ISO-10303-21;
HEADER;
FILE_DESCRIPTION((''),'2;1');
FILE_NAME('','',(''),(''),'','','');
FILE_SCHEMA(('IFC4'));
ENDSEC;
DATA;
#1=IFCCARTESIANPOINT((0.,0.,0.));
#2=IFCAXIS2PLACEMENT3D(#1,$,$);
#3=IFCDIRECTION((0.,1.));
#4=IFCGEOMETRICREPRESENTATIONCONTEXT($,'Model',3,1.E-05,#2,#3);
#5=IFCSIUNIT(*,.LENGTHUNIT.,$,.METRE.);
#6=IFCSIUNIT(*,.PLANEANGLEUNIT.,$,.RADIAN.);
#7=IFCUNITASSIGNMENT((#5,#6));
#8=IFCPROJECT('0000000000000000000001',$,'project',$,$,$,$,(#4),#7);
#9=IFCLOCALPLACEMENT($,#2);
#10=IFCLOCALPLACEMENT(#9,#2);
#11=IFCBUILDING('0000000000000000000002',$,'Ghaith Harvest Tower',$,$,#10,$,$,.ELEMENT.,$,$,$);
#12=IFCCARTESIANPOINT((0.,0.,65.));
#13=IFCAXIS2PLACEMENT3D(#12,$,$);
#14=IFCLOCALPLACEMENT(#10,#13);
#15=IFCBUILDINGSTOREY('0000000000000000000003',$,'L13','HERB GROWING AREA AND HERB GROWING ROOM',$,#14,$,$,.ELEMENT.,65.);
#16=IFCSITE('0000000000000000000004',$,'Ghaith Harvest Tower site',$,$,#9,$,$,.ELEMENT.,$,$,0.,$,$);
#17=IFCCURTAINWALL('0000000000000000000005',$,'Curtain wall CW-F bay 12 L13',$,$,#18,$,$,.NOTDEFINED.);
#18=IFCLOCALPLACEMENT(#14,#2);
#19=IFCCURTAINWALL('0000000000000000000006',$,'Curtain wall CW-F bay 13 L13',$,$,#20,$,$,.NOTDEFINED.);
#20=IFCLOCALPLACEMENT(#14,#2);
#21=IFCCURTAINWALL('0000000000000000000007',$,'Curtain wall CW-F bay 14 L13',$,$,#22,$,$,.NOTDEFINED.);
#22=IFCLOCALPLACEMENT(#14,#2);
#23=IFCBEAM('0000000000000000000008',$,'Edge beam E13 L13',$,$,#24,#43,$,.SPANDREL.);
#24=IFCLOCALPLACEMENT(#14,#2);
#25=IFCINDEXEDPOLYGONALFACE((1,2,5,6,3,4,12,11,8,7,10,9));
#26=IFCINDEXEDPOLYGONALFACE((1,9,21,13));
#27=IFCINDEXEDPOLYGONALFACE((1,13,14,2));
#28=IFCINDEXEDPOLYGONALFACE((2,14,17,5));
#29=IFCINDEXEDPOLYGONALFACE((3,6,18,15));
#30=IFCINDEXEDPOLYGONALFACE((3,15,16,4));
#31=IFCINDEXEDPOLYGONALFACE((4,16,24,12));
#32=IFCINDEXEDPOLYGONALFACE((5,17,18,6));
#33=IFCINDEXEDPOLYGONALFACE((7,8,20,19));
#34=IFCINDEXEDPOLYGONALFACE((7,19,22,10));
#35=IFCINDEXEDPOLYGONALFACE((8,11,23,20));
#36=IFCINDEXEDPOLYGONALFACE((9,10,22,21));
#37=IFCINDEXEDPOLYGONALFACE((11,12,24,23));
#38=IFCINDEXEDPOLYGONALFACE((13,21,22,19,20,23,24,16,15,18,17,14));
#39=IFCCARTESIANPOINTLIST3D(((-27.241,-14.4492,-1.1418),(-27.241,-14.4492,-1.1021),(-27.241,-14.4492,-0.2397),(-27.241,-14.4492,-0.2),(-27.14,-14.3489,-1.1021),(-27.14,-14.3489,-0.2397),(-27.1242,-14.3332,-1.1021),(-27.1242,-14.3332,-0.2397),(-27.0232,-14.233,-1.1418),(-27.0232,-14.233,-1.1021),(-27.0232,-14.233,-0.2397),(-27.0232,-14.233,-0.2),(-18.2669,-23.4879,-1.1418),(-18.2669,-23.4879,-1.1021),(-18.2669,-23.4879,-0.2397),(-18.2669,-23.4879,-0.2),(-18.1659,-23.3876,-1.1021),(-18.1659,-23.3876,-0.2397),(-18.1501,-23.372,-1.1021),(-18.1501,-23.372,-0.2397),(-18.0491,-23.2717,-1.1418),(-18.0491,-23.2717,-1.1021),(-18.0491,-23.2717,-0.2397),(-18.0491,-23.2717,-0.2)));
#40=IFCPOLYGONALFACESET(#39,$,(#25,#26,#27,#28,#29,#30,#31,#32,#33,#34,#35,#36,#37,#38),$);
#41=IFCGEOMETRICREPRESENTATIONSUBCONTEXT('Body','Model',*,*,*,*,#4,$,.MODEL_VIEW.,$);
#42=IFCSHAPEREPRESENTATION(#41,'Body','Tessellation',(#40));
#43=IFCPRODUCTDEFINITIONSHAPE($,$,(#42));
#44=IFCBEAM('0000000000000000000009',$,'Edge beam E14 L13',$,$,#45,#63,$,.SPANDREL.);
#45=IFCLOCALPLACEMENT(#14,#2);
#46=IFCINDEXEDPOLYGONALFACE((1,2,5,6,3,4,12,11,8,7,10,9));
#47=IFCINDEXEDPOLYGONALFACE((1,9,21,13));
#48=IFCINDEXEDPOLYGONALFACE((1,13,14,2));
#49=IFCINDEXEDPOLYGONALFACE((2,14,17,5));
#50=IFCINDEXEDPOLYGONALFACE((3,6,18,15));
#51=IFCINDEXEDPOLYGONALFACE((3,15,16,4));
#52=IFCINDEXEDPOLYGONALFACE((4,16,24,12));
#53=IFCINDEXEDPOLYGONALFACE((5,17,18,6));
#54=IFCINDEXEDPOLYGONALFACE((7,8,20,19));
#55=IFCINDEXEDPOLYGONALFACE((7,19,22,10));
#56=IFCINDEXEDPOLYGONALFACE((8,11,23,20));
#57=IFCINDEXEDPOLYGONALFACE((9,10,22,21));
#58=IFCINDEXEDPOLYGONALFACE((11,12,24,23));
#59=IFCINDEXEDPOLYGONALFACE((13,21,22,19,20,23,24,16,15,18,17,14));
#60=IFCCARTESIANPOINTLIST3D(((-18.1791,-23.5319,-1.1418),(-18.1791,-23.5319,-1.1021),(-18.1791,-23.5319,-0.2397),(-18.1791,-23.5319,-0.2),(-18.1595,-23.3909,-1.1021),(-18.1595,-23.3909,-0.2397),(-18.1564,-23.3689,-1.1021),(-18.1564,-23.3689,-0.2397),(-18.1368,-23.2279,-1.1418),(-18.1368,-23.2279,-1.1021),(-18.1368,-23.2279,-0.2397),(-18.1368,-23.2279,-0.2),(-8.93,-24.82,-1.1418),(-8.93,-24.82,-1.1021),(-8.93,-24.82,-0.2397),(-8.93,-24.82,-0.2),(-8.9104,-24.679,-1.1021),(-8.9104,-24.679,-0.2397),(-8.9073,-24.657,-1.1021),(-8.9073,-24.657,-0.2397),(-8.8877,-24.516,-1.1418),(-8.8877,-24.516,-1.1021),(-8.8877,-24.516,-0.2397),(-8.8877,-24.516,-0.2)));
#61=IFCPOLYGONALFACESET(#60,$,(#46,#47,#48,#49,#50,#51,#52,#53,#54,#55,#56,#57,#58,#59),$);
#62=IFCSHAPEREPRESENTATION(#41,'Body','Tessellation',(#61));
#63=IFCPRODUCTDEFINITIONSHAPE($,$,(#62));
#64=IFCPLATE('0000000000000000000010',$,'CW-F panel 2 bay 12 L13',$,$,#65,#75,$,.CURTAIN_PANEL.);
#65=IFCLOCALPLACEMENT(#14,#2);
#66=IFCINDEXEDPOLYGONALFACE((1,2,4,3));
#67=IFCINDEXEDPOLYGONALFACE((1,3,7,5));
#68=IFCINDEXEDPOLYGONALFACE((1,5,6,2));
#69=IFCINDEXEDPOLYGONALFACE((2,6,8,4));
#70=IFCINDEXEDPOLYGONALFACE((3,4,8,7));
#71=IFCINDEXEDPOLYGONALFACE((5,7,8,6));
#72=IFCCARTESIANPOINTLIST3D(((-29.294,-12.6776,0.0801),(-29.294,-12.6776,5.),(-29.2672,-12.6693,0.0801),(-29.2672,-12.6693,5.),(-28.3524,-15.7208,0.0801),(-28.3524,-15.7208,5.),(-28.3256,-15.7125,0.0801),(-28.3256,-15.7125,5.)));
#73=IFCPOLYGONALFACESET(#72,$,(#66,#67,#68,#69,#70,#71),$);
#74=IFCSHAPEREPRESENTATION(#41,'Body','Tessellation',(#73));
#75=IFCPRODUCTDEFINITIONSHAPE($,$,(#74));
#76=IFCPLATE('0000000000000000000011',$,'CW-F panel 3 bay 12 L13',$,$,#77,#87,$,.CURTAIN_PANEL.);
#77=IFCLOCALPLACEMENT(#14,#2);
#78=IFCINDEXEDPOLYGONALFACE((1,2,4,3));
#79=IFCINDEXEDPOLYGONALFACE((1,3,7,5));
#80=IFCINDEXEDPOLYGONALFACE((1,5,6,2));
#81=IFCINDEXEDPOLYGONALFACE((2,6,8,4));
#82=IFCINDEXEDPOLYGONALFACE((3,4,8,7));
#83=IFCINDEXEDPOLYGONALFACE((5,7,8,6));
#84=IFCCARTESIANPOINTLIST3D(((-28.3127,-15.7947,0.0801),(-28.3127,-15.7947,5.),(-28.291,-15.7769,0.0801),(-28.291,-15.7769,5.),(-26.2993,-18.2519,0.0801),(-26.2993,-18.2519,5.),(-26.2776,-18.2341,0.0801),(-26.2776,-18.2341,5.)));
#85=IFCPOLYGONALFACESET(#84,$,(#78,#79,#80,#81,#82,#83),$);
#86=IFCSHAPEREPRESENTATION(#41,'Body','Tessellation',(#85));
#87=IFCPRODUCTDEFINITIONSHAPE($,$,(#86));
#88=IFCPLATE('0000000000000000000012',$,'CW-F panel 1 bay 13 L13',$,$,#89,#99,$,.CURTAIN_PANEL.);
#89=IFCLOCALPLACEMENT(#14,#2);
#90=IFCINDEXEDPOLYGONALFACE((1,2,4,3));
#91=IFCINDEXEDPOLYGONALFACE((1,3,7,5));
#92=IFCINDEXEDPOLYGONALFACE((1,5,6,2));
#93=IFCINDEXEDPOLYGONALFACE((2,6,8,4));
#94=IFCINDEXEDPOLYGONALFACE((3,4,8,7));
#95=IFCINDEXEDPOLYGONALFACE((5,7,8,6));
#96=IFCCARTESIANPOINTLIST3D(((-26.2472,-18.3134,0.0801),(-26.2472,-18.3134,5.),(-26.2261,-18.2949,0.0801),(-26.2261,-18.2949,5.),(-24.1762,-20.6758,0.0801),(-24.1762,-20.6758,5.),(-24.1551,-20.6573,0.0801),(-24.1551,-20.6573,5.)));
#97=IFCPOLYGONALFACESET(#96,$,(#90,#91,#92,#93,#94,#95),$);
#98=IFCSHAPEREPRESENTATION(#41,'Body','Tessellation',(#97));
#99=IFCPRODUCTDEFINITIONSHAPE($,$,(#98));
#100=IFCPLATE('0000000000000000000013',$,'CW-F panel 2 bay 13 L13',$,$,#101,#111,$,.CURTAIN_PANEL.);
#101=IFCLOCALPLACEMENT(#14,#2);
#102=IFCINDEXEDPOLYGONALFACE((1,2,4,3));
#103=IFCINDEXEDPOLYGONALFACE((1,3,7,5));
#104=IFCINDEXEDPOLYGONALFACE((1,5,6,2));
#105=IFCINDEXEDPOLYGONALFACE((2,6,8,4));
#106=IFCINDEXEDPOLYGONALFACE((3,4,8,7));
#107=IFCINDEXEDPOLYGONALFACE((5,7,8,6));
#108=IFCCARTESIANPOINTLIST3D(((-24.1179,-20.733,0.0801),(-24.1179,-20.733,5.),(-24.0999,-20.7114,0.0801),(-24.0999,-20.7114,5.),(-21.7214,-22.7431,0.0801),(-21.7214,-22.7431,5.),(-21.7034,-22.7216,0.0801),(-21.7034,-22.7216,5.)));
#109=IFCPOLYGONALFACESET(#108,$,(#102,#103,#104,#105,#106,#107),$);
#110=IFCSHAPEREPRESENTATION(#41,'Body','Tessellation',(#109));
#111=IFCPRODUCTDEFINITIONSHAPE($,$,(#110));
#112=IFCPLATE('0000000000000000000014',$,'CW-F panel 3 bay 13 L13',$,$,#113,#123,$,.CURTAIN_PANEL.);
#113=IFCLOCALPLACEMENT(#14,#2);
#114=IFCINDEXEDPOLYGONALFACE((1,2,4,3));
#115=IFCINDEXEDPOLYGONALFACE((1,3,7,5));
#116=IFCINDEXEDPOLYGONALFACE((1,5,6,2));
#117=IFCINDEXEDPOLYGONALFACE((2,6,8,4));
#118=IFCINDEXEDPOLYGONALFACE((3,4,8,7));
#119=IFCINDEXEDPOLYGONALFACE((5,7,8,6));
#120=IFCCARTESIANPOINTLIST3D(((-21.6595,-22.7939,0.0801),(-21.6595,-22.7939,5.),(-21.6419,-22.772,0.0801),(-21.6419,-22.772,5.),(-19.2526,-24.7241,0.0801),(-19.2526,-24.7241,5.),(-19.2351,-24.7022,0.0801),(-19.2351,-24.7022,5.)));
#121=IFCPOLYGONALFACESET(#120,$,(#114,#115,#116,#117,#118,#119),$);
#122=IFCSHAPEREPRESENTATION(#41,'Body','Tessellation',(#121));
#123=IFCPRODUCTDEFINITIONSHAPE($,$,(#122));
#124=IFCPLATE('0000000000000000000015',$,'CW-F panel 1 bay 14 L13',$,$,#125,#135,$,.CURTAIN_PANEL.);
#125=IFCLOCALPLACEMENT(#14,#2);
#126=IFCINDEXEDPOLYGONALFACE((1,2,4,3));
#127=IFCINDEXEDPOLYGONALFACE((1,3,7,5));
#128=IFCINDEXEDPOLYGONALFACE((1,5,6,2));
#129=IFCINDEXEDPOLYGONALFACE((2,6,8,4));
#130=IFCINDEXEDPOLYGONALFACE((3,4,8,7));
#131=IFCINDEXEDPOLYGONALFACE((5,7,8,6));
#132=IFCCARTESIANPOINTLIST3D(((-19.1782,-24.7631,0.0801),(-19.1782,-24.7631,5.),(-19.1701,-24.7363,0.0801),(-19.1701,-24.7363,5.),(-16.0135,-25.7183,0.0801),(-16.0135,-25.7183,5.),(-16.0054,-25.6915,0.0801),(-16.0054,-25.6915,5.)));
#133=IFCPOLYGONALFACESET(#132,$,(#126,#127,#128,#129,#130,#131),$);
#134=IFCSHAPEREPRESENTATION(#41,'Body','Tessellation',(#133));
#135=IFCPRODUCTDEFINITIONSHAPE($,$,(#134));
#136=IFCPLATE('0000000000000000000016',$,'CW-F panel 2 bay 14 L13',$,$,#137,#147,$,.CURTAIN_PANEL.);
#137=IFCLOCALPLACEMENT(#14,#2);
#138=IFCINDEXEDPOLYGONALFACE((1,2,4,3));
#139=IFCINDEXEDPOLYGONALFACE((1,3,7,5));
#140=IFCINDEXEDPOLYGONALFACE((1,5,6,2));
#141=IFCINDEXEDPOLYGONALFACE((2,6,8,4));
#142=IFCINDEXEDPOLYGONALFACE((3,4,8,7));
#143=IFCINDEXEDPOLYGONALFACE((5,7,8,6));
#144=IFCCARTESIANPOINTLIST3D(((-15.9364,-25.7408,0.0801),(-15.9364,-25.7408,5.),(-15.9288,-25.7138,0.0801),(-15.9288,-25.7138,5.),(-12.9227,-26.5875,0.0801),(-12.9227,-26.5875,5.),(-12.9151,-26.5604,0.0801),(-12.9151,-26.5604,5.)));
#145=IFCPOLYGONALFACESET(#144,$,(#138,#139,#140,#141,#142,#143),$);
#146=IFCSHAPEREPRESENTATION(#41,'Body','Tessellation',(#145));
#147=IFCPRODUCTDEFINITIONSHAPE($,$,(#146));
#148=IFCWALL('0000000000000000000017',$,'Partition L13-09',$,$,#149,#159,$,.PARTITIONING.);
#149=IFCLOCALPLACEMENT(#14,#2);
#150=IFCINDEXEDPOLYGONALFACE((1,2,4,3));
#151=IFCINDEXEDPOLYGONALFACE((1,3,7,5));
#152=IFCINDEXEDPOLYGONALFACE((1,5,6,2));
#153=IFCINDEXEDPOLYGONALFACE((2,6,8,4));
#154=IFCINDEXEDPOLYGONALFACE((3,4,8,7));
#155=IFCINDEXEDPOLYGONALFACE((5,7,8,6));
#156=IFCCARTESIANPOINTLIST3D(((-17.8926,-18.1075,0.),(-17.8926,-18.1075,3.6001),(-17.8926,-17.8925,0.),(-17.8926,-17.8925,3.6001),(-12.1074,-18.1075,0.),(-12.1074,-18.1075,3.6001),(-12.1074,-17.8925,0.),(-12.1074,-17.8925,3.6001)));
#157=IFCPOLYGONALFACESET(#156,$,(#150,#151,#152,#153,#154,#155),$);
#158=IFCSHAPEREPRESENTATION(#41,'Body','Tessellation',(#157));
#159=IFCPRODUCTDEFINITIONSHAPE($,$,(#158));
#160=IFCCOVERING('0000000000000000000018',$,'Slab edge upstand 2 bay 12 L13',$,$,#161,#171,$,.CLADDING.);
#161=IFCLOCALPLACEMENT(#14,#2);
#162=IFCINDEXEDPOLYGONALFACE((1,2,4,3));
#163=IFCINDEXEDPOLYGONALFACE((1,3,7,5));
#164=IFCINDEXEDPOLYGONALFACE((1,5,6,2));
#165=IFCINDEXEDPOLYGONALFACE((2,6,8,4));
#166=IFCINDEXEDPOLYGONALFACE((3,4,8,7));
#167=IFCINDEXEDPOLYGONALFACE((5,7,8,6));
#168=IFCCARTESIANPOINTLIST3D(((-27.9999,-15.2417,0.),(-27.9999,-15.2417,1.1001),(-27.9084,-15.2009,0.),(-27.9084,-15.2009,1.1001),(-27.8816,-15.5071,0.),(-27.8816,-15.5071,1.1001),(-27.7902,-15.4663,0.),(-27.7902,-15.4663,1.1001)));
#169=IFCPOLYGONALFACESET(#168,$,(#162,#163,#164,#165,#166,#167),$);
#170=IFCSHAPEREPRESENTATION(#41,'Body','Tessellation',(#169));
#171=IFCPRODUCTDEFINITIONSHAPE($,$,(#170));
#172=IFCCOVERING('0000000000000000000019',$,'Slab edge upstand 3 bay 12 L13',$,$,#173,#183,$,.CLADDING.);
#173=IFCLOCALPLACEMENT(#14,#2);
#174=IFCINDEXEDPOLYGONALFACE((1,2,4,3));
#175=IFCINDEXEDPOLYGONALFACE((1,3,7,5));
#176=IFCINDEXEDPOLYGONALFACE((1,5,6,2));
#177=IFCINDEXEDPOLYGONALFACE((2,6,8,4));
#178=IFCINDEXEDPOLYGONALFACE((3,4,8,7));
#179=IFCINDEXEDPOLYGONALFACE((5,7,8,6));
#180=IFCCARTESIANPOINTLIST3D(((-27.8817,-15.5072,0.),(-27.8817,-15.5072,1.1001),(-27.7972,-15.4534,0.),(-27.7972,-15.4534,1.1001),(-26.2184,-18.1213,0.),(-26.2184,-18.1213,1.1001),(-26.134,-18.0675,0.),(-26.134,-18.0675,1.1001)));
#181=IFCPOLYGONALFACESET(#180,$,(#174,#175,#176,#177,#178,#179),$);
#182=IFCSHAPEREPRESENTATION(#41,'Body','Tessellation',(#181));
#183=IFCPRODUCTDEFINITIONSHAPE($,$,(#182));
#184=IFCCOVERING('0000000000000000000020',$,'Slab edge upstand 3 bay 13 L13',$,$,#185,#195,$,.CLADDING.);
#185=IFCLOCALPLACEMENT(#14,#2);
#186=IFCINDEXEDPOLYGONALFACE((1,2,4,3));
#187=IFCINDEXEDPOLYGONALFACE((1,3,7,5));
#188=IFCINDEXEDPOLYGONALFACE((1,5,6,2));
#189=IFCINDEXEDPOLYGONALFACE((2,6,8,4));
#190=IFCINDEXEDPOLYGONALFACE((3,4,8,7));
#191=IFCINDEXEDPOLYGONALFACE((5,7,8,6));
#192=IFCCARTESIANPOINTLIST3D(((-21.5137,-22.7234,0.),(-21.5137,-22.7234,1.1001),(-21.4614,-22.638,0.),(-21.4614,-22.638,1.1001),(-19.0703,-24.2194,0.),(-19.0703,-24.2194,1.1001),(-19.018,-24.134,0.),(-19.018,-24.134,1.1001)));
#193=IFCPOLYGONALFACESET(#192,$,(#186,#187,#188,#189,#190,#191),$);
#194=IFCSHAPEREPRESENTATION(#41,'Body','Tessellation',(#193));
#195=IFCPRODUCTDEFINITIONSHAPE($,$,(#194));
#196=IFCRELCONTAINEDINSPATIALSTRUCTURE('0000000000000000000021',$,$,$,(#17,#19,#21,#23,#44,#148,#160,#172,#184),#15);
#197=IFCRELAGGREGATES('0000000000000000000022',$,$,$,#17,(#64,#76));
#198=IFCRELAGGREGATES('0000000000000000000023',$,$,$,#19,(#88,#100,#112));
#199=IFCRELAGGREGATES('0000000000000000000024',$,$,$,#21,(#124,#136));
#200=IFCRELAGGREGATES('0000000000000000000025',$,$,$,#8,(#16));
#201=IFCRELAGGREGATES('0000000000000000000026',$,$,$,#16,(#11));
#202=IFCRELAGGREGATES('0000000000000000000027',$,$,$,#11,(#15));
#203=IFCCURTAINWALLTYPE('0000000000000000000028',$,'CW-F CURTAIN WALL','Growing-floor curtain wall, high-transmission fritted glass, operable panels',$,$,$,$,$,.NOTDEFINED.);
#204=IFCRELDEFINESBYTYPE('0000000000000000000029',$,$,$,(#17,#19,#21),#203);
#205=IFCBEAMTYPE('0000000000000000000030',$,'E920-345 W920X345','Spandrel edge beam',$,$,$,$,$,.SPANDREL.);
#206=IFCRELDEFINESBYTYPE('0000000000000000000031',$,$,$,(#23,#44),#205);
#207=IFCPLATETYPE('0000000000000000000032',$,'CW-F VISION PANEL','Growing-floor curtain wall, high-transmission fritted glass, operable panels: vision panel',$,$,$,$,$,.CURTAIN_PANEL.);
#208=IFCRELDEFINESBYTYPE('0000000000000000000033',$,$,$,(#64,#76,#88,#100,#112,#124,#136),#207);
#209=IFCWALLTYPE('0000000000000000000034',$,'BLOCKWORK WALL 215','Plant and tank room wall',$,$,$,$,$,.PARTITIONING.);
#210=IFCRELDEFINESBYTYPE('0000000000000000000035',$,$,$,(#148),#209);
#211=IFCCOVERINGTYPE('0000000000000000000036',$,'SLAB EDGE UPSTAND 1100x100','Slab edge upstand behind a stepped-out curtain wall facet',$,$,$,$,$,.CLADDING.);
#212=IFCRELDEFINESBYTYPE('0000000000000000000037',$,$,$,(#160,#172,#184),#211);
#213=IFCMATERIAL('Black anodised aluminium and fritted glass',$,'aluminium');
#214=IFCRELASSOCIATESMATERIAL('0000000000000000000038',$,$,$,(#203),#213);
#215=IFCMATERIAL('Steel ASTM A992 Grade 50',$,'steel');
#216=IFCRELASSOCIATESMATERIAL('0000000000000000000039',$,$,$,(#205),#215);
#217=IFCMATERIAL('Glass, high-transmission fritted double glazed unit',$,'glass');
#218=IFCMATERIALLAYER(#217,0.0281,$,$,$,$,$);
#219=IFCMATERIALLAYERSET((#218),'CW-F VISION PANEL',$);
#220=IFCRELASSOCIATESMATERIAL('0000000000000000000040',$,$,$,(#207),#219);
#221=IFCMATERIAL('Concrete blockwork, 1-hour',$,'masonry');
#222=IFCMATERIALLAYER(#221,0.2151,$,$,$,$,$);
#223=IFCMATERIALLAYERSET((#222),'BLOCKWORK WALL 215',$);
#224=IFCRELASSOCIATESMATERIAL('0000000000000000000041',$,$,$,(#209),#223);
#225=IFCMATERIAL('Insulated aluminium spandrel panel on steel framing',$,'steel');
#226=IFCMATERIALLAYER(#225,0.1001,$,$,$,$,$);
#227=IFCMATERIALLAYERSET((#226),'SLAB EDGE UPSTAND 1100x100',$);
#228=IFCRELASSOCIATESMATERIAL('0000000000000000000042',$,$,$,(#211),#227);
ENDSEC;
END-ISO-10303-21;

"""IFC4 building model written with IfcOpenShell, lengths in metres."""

from ifc_helpers import new_model, si_unit, direction, frame, frame_2d, origin, origin_2d, place, context, subcontext, project, spatial, rectangle, i_section, extrude, material, layer, layer_set, material_profile, profile_set, type_object, element, aggregate, save


model = new_model("IFC4")

# Units and contexts
model_context = context("Model", 3, precision=1e-05, world=origin(), true_north=direction((0.0, 1.0)))
body_context = subcontext(model_context, "Body", "Model", "MODEL_VIEW")
ifc_project = project(units=[si_unit("LENGTHUNIT", "METRE"), si_unit("PLANEANGLEUNIT", "RADIAN")], contexts=[model_context])

# Site, building, storey
site_placement = place(None, origin())
site = spatial("IfcSite", under=ifc_project, at=site_placement, Name="Ghaith Harvest Tower site", CompositionType="ELEMENT", RefElevation=0.0)
building_placement = place(site_placement, origin())
building = spatial("IfcBuilding", under=site, at=building_placement, Name="Ghaith Harvest Tower", CompositionType="ELEMENT")
storey_placement = place(building_placement, frame((0.0, 0.0, 65.0)))
storey = spatial("IfcBuildingStorey", under=building, at=storey_placement, Name="L13", Description="HERB GROWING AREA AND HERB GROWING ROOM", CompositionType="ELEMENT", Elevation=65.0)

# Curtain wall
ifc_material_1 = material(Name="Black anodised aluminium and fritted glass", Category="aluminium")
curtain_wall_type = type_object("IfcCurtainWallType", Name="CW-F CURTAIN WALL", Description="Growing-floor curtain wall, high-transmission fritted glass, operable panels", PredefinedType="NOTDEFINED", material=ifc_material_1)
curtain_wall_1_placement = place(storey_placement, origin())
curtain_wall_1 = element("IfcCurtainWall", 1, at=curtain_wall_1_placement, inside=storey, type_object=curtain_wall_type, Name="Curtain wall CW-F bay 12 L13", PredefinedType="NOTDEFINED")

# Curtain walls
curtain_wall_2_placement = place(storey_placement, origin())
curtain_wall_2 = element("IfcCurtainWall", 2, at=curtain_wall_2_placement, inside=storey, type_object=curtain_wall_type, Name="Curtain wall CW-F bay 13 L13", PredefinedType="NOTDEFINED")
curtain_wall_3_placement = place(storey_placement, origin())
curtain_wall_3 = element("IfcCurtainWall", 3, at=curtain_wall_3_placement, inside=storey, type_object=curtain_wall_type, Name="Curtain wall CW-F bay 14 L13", PredefinedType="NOTDEFINED")

# Beams
ifc_material_2 = material(Name="Steel ASTM A992 Grade 50", Category="steel")
ifc_material_profile_1 = material_profile(ifc_material_2, i_section(OverallWidth=0.3069, OverallDepth=0.9419, WebThickness=0.0222, FlangeThickness=0.0398, at=origin_2d()), Name="W920X345")
ifc_profile_set_1 = profile_set([ifc_material_profile_1], Name="Steel ASTM A992 Grade 50")
beam_type = type_object("IfcBeamType", Name="E920-345 W920X345", Description="Spandrel edge beam", PredefinedType="SPANDREL", material=ifc_profile_set_1)
beam_1_placement = place(storey_placement, frame((-27.1321, -14.3411, -0.6709), z_axis=(0.704563, -0.709642, 0.0), x_axis=(0.709642, 0.704563, 0.0)))
element("IfcBeam", 4, at=beam_1_placement, inside=storey, type_object=beam_type, Name="Edge beam E13 L13", PredefinedType="SPANDREL", context=body_context, shape_type="SweptSolid", body=[
    extrude(i_section(OverallWidth=0.3069, OverallDepth=0.9419, WebThickness=0.0222, FlangeThickness=0.0398, at=origin_2d()), origin(), (0.0, 0.0, 1.0), 12.7371),
])
beam_2_placement = place(storey_placement, frame((-18.158, -23.3799, -0.6709), z_axis=(0.990441, -0.137936, 0.0), x_axis=(0.137936, 0.990441, 0.0)))
element("IfcBeam", 5, at=beam_2_placement, inside=storey, type_object=beam_type, Name="Edge beam E14 L13", PredefinedType="SPANDREL", context=body_context, shape_type="SweptSolid", body=[
    extrude(i_section(OverallWidth=0.3069, OverallDepth=0.9419, WebThickness=0.0222, FlangeThickness=0.0398, at=origin_2d()), origin(), (0.0, 0.0, 1.0), 9.3384),
])

# Plates
ifc_material_3 = material(Name="Glass, high-transmission fritted double glazed unit", Category="glass")
ifc_layer_1 = layer(ifc_material_3, 0.0281)
ifc_layer_set_1 = layer_set([ifc_layer_1], Name="CW-F VISION PANEL")
plate_type = type_object("IfcPlateType", Name="CW-F VISION PANEL", Description="Growing-floor curtain wall, high-transmission fritted glass, operable panels: vision panel", PredefinedType="CURTAIN_PANEL", material=ifc_layer_set_1)
plate_1_placement = place(storey_placement, frame((-28.8098, -14.1951, 0.0801), z_axis=(0.0, 0.0, 1.0), x_axis=(0.295583, -0.955317, 0.0)))
plate_1 = element("IfcPlate", 6, at=plate_1_placement, type_object=plate_type, Name="CW-F panel 2 bay 12 L13", PredefinedType="CURTAIN_PANEL", context=body_context, shape_type="SweptSolid", body=[
    extrude(rectangle(XDim=3.1855, YDim=0.0281, at=origin_2d()), origin(), (0.0, 0.0, 1.0), 4.9199),
])
plate_2_placement = place(storey_placement, frame((-27.2952, -17.0144, 0.0801), z_axis=(0.0, 0.0, 1.0), x_axis=(0.63379, -0.773505, 0.0)))
plate_2 = element("IfcPlate", 7, at=plate_2_placement, type_object=plate_type, Name="CW-F panel 3 bay 12 L13", PredefinedType="CURTAIN_PANEL", context=body_context, shape_type="SweptSolid", body=[
    extrude(rectangle(XDim=3.1768, YDim=0.0281, at=origin_2d()), origin(), (0.0, 0.0, 1.0), 4.9199),
])
aggregate(curtain_wall_1, [plate_1, plate_2])
plate_3_placement = place(storey_placement, frame((-25.2012, -19.4854, 0.0801), z_axis=(0.0, 0.0, 1.0), x_axis=(0.659216, -0.751954, 0.0)))
plate_3 = element("IfcPlate", 8, at=plate_3_placement, type_object=plate_type, Name="CW-F panel 1 bay 13 L13", PredefinedType="CURTAIN_PANEL", context=body_context, shape_type="SweptSolid", body=[
    extrude(rectangle(XDim=3.1416, YDim=0.0281, at=origin_2d()), origin(), (0.0, 0.0, 1.0), 4.9199),
])
plate_4_placement = place(storey_placement, frame((-22.9106, -21.7273, 0.0801), z_axis=(0.0, 0.0, 1.0), x_axis=(0.766155, -0.642656, 0.0)))
plate_4 = element("IfcPlate", 9, at=plate_4_placement, type_object=plate_type, Name="CW-F panel 2 bay 13 L13", PredefinedType="CURTAIN_PANEL", context=body_context, shape_type="SweptSolid", body=[
    extrude(rectangle(XDim=3.1279, YDim=0.0281, at=origin_2d()), origin(), (0.0, 0.0, 1.0), 4.9199),
])
plate_5_placement = place(storey_placement, frame((-20.4473, -23.748, 0.0801), z_axis=(0.0, 0.0, 1.0), x_axis=(0.780122, -0.625627, 0.0)))
plate_5 = element("IfcPlate", 10, at=plate_5_placement, type_object=plate_type, Name="CW-F panel 3 bay 13 L13", PredefinedType="CURTAIN_PANEL", context=body_context, shape_type="SweptSolid", body=[
    extrude(rectangle(XDim=3.0852, YDim=0.0281, at=origin_2d()), origin(), (0.0, 0.0, 1.0), 4.9199),
])
aggregate(curtain_wall_2, [plate_3, plate_4, plate_5])
plate_6_placement = place(storey_placement, frame((-17.5918, -25.2273, 0.0801), z_axis=(0.0, 0.0, 1.0), x_axis=(0.957342, -0.288956, 0.0)))
plate_6 = element("IfcPlate", 11, at=plate_6_placement, type_object=plate_type, Name="CW-F panel 1 bay 14 L13", PredefinedType="CURTAIN_PANEL", context=body_context, shape_type="SweptSolid", body=[
    extrude(rectangle(XDim=3.3057, YDim=0.0281, at=origin_2d()), origin(), (0.0, 0.0, 1.0), 4.9199),
])
plate_7_placement = place(storey_placement, frame((-14.4258, -26.1506, 0.0801), z_axis=(0.0, 0.0, 1.0), x_axis=(0.96273, -0.270465, 0.0)))
plate_7 = element("IfcPlate", 12, at=plate_7_placement, type_object=plate_type, Name="CW-F panel 2 bay 14 L13", PredefinedType="CURTAIN_PANEL", context=body_context, shape_type="SweptSolid", body=[
    extrude(rectangle(XDim=3.1304, YDim=0.0281, at=origin_2d()), origin(), (0.0, 0.0, 1.0), 4.9199),
])
aggregate(curtain_wall_3, [plate_6, plate_7])

# Wall
ifc_material_4 = material(Name="Concrete blockwork, 1-hour", Category="masonry")
ifc_layer_2 = layer(ifc_material_4, 0.2151)
ifc_layer_set_2 = layer_set([ifc_layer_2], Name="BLOCKWORK WALL 215")
wall_type = type_object("IfcWallType", Name="BLOCKWORK WALL 215", Description="Plant and tank room wall", PredefinedType="PARTITIONING", material=ifc_layer_set_2)
wall_placement = place(storey_placement, frame((-17.8926, -18.0, 0.0), z_axis=(0.0, 0.0, 1.0), x_axis=(1.0, 0.0, 0.0)))
element("IfcWall", 13, at=wall_placement, inside=storey, type_object=wall_type, Name="Partition L13-09", PredefinedType="PARTITIONING", context=body_context, shape_type="SweptSolid", body=[
    extrude(rectangle(XDim=5.7852, YDim=0.2151, at=frame_2d((2.8926, 0.0))), origin(), (0.0, 0.0, 1.0), 3.6001),
])

# Coverings
ifc_material_5 = material(Name="Insulated aluminium spandrel panel on steel framing", Category="steel")
ifc_layer_3 = layer(ifc_material_5, 0.1001)
ifc_layer_set_3 = layer_set([ifc_layer_3], Name="SLAB EDGE UPSTAND 1100x100")
covering_type = type_object("IfcCoveringType", Name="SLAB EDGE UPSTAND 1100x100", Description="Slab edge upstand behind a stepped-out curtain wall facet", PredefinedType="CLADDING", material=ifc_layer_set_3)
covering_1_placement = place(storey_placement, frame((-27.895, -15.354, 0.0), z_axis=(0.0, 0.0, 1.0), x_axis=(0.407003, -0.913427, 0.0)))
element("IfcCovering", 14, at=covering_1_placement, inside=storey, type_object=covering_type, Name="Slab edge upstand 2 bay 12 L13", PredefinedType="CLADDING", context=body_context, shape_type="SweptSolid", body=[
    extrude(rectangle(XDim=0.2905, YDim=0.1001, at=origin_2d()), origin(), (0.0, 0.0, 1.0), 1.1001),
])
covering_2_placement = place(storey_placement, frame((-27.0078, -16.7874, 0.0), z_axis=(0.0, 0.0, 1.0), x_axis=(0.536807, -0.843705, 0.0)))
element("IfcCovering", 15, at=covering_2_placement, inside=storey, type_object=covering_type, Name="Slab edge upstand 3 bay 12 L13", PredefinedType="CLADDING", context=body_context, shape_type="SweptSolid", body=[
    extrude(rectangle(XDim=3.0984, YDim=0.1001, at=origin_2d()), origin(), (0.0, 0.0, 1.0), 1.1001),
])
covering_3_placement = place(storey_placement, frame((-20.2659, -23.4287, 0.0), z_axis=(0.0, 0.0, 1.0), x_axis=(0.852847, -0.522161, 0.0)))
element("IfcCovering", 16, at=covering_3_placement, inside=storey, type_object=covering_type, Name="Slab edge upstand 3 bay 13 L13", PredefinedType="CLADDING", context=body_context, shape_type="SweptSolid", body=[
    extrude(rectangle(XDim=2.865, YDim=0.1001, at=origin_2d()), origin(), (0.0, 0.0, 1.0), 1.1001),
])

save(model, "model.ifc")
